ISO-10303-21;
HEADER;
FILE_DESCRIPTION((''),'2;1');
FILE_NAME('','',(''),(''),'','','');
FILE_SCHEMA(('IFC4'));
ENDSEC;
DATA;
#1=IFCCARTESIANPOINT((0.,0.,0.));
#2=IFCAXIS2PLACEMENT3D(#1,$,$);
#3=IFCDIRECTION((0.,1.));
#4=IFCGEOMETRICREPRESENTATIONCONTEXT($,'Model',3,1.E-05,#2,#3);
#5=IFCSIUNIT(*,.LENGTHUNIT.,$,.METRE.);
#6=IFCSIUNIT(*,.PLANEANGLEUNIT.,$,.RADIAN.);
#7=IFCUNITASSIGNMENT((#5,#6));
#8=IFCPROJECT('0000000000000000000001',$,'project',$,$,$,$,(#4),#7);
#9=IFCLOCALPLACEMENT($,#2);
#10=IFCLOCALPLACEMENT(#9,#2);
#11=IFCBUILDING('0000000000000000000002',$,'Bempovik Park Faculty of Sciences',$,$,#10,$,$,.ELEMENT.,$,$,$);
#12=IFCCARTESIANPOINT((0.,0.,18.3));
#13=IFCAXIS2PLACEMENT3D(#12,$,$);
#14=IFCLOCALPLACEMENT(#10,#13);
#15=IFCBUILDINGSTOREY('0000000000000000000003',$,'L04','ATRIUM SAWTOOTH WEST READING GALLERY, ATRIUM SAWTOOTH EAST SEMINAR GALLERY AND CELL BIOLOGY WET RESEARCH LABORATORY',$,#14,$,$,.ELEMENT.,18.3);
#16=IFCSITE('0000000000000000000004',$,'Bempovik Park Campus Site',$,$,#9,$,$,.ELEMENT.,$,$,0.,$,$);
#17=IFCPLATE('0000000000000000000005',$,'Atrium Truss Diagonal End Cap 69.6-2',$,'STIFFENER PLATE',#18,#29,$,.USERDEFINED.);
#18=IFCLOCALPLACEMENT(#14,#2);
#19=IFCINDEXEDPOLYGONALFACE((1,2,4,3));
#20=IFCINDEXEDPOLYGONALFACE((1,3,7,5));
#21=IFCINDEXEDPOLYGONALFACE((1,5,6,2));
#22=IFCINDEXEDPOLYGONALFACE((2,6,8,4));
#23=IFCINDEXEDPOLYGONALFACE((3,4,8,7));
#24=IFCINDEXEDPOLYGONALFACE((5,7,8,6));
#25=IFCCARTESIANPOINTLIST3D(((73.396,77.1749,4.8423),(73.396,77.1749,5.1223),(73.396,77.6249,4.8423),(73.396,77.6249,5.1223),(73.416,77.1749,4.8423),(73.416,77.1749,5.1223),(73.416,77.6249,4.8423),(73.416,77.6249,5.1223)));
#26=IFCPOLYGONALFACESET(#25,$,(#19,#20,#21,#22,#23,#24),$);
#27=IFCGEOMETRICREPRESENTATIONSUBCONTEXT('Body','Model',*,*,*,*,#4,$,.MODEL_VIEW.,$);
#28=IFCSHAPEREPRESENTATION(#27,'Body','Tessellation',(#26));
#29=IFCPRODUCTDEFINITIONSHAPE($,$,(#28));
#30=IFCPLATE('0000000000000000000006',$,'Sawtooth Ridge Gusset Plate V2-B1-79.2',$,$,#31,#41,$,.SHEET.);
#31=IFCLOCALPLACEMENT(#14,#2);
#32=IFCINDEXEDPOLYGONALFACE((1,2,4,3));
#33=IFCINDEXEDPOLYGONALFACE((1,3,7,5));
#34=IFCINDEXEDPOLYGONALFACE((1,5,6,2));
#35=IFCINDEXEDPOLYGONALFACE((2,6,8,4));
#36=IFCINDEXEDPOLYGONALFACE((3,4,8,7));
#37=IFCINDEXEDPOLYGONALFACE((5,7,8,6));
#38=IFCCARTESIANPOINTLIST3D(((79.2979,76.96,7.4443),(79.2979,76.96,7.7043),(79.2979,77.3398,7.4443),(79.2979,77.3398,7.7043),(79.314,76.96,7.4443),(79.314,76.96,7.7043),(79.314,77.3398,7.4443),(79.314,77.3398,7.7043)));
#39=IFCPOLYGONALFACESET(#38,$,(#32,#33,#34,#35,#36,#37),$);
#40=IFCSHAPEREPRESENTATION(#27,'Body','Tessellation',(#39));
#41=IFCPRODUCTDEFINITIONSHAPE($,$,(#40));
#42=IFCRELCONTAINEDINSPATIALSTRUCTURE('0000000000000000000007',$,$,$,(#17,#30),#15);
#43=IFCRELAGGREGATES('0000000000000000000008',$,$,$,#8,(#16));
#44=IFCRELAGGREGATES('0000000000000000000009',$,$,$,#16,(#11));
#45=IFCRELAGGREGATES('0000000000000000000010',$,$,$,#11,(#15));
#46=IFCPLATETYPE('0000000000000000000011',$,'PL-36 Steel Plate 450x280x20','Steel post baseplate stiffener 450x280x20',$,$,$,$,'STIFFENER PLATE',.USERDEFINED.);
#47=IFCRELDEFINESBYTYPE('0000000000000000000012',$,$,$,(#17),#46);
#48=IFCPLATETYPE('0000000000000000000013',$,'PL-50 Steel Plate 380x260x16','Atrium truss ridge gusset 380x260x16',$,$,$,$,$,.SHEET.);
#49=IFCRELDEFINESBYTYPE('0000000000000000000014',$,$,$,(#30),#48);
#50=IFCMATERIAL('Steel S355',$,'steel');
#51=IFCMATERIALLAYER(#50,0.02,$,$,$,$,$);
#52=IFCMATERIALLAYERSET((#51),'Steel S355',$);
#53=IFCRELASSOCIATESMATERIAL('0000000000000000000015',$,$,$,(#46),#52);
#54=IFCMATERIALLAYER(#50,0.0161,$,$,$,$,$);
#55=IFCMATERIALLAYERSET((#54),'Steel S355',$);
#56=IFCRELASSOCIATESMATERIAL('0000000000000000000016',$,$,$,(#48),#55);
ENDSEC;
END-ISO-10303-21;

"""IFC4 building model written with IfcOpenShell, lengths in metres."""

from ifc_helpers import new_model, si_unit, direction, frame, origin, origin_2d, place, context, subcontext, project, spatial, rectangle, extrude, material, layer, layer_set, type_object, element, save


model = new_model("IFC4")

# Units and contexts
model_context = context("Model", 3, precision=1e-05, world=origin(), true_north=direction((0.0, 1.0)))
body_context = subcontext(model_context, "Body", "Model", "MODEL_VIEW")
ifc_project = project(units=[si_unit("LENGTHUNIT", "METRE"), si_unit("PLANEANGLEUNIT", "RADIAN")], contexts=[model_context])

# Site, building, storey
site_placement = place(None, origin())
site = spatial("IfcSite", under=ifc_project, at=site_placement, Name="Bempovik Park Campus Site", CompositionType="ELEMENT", RefElevation=0.0)
building_placement = place(site_placement, origin())
building = spatial("IfcBuilding", under=site, at=building_placement, Name="Bempovik Park Faculty of Sciences", CompositionType="ELEMENT")
storey_placement = place(building_placement, frame((0.0, 0.0, 18.3)))
storey = spatial("IfcBuildingStorey", under=building, at=storey_placement, Name="L04", Description="ATRIUM SAWTOOTH WEST READING GALLERY, ATRIUM SAWTOOTH EAST SEMINAR GALLERY AND CELL BIOLOGY WET RESEARCH LABORATORY", CompositionType="ELEMENT", Elevation=18.3)

# Shared definitions
ifc_material_1 = material(Name="Steel S355", Category="steel")

# Plates
ifc_layer_1 = layer(ifc_material_1, 0.02)
ifc_layer_set_1 = layer_set([ifc_layer_1], Name="Steel S355")
plate_type_1 = type_object("IfcPlateType", Name="PL-36 Steel Plate 450x280x20", Description="Steel post baseplate stiffener 450x280x20", ElementType="STIFFENER PLATE", PredefinedType="USERDEFINED", material=ifc_layer_set_1)
plate_1_placement = place(storey_placement, frame((73.406, 77.3999, 4.8423), z_axis=(0.0, 0.0, 1.0), x_axis=(1.0, 0.0, 0.0)))
element("IfcPlate", 1, at=plate_1_placement, inside=storey, type_object=plate_type_1, Name="Atrium Truss Diagonal End Cap 69.6-2", ObjectType="STIFFENER PLATE", PredefinedType="USERDEFINED", context=body_context, shape_type="SweptSolid", body=[
    extrude(rectangle(XDim=0.02, YDim=0.45, at=origin_2d()), origin(), (0.0, 0.0, 1.0), 0.28),
])
ifc_layer_2 = layer(ifc_material_1, 0.0161)
ifc_layer_set_2 = layer_set([ifc_layer_2], Name="Steel S355")
plate_type_2 = type_object("IfcPlateType", Name="PL-50 Steel Plate 380x260x16", Description="Atrium truss ridge gusset 380x260x16", PredefinedType="SHEET", material=ifc_layer_set_2)
plate_2_placement = place(storey_placement, frame((79.3059, 77.1499, 7.4443), z_axis=(0.0, 0.0, 1.0), x_axis=(1.0, 0.0, 0.0)))
element("IfcPlate", 2, at=plate_2_placement, inside=storey, type_object=plate_type_2, Name="Sawtooth Ridge Gusset Plate V2-B1-79.2", PredefinedType="SHEET", context=body_context, shape_type="SweptSolid", body=[
    extrude(rectangle(XDim=0.0161, YDim=0.3799, at=origin_2d()), origin(), (0.0, 0.0, 1.0), 0.26),
])

save(model, "model.ifc")
